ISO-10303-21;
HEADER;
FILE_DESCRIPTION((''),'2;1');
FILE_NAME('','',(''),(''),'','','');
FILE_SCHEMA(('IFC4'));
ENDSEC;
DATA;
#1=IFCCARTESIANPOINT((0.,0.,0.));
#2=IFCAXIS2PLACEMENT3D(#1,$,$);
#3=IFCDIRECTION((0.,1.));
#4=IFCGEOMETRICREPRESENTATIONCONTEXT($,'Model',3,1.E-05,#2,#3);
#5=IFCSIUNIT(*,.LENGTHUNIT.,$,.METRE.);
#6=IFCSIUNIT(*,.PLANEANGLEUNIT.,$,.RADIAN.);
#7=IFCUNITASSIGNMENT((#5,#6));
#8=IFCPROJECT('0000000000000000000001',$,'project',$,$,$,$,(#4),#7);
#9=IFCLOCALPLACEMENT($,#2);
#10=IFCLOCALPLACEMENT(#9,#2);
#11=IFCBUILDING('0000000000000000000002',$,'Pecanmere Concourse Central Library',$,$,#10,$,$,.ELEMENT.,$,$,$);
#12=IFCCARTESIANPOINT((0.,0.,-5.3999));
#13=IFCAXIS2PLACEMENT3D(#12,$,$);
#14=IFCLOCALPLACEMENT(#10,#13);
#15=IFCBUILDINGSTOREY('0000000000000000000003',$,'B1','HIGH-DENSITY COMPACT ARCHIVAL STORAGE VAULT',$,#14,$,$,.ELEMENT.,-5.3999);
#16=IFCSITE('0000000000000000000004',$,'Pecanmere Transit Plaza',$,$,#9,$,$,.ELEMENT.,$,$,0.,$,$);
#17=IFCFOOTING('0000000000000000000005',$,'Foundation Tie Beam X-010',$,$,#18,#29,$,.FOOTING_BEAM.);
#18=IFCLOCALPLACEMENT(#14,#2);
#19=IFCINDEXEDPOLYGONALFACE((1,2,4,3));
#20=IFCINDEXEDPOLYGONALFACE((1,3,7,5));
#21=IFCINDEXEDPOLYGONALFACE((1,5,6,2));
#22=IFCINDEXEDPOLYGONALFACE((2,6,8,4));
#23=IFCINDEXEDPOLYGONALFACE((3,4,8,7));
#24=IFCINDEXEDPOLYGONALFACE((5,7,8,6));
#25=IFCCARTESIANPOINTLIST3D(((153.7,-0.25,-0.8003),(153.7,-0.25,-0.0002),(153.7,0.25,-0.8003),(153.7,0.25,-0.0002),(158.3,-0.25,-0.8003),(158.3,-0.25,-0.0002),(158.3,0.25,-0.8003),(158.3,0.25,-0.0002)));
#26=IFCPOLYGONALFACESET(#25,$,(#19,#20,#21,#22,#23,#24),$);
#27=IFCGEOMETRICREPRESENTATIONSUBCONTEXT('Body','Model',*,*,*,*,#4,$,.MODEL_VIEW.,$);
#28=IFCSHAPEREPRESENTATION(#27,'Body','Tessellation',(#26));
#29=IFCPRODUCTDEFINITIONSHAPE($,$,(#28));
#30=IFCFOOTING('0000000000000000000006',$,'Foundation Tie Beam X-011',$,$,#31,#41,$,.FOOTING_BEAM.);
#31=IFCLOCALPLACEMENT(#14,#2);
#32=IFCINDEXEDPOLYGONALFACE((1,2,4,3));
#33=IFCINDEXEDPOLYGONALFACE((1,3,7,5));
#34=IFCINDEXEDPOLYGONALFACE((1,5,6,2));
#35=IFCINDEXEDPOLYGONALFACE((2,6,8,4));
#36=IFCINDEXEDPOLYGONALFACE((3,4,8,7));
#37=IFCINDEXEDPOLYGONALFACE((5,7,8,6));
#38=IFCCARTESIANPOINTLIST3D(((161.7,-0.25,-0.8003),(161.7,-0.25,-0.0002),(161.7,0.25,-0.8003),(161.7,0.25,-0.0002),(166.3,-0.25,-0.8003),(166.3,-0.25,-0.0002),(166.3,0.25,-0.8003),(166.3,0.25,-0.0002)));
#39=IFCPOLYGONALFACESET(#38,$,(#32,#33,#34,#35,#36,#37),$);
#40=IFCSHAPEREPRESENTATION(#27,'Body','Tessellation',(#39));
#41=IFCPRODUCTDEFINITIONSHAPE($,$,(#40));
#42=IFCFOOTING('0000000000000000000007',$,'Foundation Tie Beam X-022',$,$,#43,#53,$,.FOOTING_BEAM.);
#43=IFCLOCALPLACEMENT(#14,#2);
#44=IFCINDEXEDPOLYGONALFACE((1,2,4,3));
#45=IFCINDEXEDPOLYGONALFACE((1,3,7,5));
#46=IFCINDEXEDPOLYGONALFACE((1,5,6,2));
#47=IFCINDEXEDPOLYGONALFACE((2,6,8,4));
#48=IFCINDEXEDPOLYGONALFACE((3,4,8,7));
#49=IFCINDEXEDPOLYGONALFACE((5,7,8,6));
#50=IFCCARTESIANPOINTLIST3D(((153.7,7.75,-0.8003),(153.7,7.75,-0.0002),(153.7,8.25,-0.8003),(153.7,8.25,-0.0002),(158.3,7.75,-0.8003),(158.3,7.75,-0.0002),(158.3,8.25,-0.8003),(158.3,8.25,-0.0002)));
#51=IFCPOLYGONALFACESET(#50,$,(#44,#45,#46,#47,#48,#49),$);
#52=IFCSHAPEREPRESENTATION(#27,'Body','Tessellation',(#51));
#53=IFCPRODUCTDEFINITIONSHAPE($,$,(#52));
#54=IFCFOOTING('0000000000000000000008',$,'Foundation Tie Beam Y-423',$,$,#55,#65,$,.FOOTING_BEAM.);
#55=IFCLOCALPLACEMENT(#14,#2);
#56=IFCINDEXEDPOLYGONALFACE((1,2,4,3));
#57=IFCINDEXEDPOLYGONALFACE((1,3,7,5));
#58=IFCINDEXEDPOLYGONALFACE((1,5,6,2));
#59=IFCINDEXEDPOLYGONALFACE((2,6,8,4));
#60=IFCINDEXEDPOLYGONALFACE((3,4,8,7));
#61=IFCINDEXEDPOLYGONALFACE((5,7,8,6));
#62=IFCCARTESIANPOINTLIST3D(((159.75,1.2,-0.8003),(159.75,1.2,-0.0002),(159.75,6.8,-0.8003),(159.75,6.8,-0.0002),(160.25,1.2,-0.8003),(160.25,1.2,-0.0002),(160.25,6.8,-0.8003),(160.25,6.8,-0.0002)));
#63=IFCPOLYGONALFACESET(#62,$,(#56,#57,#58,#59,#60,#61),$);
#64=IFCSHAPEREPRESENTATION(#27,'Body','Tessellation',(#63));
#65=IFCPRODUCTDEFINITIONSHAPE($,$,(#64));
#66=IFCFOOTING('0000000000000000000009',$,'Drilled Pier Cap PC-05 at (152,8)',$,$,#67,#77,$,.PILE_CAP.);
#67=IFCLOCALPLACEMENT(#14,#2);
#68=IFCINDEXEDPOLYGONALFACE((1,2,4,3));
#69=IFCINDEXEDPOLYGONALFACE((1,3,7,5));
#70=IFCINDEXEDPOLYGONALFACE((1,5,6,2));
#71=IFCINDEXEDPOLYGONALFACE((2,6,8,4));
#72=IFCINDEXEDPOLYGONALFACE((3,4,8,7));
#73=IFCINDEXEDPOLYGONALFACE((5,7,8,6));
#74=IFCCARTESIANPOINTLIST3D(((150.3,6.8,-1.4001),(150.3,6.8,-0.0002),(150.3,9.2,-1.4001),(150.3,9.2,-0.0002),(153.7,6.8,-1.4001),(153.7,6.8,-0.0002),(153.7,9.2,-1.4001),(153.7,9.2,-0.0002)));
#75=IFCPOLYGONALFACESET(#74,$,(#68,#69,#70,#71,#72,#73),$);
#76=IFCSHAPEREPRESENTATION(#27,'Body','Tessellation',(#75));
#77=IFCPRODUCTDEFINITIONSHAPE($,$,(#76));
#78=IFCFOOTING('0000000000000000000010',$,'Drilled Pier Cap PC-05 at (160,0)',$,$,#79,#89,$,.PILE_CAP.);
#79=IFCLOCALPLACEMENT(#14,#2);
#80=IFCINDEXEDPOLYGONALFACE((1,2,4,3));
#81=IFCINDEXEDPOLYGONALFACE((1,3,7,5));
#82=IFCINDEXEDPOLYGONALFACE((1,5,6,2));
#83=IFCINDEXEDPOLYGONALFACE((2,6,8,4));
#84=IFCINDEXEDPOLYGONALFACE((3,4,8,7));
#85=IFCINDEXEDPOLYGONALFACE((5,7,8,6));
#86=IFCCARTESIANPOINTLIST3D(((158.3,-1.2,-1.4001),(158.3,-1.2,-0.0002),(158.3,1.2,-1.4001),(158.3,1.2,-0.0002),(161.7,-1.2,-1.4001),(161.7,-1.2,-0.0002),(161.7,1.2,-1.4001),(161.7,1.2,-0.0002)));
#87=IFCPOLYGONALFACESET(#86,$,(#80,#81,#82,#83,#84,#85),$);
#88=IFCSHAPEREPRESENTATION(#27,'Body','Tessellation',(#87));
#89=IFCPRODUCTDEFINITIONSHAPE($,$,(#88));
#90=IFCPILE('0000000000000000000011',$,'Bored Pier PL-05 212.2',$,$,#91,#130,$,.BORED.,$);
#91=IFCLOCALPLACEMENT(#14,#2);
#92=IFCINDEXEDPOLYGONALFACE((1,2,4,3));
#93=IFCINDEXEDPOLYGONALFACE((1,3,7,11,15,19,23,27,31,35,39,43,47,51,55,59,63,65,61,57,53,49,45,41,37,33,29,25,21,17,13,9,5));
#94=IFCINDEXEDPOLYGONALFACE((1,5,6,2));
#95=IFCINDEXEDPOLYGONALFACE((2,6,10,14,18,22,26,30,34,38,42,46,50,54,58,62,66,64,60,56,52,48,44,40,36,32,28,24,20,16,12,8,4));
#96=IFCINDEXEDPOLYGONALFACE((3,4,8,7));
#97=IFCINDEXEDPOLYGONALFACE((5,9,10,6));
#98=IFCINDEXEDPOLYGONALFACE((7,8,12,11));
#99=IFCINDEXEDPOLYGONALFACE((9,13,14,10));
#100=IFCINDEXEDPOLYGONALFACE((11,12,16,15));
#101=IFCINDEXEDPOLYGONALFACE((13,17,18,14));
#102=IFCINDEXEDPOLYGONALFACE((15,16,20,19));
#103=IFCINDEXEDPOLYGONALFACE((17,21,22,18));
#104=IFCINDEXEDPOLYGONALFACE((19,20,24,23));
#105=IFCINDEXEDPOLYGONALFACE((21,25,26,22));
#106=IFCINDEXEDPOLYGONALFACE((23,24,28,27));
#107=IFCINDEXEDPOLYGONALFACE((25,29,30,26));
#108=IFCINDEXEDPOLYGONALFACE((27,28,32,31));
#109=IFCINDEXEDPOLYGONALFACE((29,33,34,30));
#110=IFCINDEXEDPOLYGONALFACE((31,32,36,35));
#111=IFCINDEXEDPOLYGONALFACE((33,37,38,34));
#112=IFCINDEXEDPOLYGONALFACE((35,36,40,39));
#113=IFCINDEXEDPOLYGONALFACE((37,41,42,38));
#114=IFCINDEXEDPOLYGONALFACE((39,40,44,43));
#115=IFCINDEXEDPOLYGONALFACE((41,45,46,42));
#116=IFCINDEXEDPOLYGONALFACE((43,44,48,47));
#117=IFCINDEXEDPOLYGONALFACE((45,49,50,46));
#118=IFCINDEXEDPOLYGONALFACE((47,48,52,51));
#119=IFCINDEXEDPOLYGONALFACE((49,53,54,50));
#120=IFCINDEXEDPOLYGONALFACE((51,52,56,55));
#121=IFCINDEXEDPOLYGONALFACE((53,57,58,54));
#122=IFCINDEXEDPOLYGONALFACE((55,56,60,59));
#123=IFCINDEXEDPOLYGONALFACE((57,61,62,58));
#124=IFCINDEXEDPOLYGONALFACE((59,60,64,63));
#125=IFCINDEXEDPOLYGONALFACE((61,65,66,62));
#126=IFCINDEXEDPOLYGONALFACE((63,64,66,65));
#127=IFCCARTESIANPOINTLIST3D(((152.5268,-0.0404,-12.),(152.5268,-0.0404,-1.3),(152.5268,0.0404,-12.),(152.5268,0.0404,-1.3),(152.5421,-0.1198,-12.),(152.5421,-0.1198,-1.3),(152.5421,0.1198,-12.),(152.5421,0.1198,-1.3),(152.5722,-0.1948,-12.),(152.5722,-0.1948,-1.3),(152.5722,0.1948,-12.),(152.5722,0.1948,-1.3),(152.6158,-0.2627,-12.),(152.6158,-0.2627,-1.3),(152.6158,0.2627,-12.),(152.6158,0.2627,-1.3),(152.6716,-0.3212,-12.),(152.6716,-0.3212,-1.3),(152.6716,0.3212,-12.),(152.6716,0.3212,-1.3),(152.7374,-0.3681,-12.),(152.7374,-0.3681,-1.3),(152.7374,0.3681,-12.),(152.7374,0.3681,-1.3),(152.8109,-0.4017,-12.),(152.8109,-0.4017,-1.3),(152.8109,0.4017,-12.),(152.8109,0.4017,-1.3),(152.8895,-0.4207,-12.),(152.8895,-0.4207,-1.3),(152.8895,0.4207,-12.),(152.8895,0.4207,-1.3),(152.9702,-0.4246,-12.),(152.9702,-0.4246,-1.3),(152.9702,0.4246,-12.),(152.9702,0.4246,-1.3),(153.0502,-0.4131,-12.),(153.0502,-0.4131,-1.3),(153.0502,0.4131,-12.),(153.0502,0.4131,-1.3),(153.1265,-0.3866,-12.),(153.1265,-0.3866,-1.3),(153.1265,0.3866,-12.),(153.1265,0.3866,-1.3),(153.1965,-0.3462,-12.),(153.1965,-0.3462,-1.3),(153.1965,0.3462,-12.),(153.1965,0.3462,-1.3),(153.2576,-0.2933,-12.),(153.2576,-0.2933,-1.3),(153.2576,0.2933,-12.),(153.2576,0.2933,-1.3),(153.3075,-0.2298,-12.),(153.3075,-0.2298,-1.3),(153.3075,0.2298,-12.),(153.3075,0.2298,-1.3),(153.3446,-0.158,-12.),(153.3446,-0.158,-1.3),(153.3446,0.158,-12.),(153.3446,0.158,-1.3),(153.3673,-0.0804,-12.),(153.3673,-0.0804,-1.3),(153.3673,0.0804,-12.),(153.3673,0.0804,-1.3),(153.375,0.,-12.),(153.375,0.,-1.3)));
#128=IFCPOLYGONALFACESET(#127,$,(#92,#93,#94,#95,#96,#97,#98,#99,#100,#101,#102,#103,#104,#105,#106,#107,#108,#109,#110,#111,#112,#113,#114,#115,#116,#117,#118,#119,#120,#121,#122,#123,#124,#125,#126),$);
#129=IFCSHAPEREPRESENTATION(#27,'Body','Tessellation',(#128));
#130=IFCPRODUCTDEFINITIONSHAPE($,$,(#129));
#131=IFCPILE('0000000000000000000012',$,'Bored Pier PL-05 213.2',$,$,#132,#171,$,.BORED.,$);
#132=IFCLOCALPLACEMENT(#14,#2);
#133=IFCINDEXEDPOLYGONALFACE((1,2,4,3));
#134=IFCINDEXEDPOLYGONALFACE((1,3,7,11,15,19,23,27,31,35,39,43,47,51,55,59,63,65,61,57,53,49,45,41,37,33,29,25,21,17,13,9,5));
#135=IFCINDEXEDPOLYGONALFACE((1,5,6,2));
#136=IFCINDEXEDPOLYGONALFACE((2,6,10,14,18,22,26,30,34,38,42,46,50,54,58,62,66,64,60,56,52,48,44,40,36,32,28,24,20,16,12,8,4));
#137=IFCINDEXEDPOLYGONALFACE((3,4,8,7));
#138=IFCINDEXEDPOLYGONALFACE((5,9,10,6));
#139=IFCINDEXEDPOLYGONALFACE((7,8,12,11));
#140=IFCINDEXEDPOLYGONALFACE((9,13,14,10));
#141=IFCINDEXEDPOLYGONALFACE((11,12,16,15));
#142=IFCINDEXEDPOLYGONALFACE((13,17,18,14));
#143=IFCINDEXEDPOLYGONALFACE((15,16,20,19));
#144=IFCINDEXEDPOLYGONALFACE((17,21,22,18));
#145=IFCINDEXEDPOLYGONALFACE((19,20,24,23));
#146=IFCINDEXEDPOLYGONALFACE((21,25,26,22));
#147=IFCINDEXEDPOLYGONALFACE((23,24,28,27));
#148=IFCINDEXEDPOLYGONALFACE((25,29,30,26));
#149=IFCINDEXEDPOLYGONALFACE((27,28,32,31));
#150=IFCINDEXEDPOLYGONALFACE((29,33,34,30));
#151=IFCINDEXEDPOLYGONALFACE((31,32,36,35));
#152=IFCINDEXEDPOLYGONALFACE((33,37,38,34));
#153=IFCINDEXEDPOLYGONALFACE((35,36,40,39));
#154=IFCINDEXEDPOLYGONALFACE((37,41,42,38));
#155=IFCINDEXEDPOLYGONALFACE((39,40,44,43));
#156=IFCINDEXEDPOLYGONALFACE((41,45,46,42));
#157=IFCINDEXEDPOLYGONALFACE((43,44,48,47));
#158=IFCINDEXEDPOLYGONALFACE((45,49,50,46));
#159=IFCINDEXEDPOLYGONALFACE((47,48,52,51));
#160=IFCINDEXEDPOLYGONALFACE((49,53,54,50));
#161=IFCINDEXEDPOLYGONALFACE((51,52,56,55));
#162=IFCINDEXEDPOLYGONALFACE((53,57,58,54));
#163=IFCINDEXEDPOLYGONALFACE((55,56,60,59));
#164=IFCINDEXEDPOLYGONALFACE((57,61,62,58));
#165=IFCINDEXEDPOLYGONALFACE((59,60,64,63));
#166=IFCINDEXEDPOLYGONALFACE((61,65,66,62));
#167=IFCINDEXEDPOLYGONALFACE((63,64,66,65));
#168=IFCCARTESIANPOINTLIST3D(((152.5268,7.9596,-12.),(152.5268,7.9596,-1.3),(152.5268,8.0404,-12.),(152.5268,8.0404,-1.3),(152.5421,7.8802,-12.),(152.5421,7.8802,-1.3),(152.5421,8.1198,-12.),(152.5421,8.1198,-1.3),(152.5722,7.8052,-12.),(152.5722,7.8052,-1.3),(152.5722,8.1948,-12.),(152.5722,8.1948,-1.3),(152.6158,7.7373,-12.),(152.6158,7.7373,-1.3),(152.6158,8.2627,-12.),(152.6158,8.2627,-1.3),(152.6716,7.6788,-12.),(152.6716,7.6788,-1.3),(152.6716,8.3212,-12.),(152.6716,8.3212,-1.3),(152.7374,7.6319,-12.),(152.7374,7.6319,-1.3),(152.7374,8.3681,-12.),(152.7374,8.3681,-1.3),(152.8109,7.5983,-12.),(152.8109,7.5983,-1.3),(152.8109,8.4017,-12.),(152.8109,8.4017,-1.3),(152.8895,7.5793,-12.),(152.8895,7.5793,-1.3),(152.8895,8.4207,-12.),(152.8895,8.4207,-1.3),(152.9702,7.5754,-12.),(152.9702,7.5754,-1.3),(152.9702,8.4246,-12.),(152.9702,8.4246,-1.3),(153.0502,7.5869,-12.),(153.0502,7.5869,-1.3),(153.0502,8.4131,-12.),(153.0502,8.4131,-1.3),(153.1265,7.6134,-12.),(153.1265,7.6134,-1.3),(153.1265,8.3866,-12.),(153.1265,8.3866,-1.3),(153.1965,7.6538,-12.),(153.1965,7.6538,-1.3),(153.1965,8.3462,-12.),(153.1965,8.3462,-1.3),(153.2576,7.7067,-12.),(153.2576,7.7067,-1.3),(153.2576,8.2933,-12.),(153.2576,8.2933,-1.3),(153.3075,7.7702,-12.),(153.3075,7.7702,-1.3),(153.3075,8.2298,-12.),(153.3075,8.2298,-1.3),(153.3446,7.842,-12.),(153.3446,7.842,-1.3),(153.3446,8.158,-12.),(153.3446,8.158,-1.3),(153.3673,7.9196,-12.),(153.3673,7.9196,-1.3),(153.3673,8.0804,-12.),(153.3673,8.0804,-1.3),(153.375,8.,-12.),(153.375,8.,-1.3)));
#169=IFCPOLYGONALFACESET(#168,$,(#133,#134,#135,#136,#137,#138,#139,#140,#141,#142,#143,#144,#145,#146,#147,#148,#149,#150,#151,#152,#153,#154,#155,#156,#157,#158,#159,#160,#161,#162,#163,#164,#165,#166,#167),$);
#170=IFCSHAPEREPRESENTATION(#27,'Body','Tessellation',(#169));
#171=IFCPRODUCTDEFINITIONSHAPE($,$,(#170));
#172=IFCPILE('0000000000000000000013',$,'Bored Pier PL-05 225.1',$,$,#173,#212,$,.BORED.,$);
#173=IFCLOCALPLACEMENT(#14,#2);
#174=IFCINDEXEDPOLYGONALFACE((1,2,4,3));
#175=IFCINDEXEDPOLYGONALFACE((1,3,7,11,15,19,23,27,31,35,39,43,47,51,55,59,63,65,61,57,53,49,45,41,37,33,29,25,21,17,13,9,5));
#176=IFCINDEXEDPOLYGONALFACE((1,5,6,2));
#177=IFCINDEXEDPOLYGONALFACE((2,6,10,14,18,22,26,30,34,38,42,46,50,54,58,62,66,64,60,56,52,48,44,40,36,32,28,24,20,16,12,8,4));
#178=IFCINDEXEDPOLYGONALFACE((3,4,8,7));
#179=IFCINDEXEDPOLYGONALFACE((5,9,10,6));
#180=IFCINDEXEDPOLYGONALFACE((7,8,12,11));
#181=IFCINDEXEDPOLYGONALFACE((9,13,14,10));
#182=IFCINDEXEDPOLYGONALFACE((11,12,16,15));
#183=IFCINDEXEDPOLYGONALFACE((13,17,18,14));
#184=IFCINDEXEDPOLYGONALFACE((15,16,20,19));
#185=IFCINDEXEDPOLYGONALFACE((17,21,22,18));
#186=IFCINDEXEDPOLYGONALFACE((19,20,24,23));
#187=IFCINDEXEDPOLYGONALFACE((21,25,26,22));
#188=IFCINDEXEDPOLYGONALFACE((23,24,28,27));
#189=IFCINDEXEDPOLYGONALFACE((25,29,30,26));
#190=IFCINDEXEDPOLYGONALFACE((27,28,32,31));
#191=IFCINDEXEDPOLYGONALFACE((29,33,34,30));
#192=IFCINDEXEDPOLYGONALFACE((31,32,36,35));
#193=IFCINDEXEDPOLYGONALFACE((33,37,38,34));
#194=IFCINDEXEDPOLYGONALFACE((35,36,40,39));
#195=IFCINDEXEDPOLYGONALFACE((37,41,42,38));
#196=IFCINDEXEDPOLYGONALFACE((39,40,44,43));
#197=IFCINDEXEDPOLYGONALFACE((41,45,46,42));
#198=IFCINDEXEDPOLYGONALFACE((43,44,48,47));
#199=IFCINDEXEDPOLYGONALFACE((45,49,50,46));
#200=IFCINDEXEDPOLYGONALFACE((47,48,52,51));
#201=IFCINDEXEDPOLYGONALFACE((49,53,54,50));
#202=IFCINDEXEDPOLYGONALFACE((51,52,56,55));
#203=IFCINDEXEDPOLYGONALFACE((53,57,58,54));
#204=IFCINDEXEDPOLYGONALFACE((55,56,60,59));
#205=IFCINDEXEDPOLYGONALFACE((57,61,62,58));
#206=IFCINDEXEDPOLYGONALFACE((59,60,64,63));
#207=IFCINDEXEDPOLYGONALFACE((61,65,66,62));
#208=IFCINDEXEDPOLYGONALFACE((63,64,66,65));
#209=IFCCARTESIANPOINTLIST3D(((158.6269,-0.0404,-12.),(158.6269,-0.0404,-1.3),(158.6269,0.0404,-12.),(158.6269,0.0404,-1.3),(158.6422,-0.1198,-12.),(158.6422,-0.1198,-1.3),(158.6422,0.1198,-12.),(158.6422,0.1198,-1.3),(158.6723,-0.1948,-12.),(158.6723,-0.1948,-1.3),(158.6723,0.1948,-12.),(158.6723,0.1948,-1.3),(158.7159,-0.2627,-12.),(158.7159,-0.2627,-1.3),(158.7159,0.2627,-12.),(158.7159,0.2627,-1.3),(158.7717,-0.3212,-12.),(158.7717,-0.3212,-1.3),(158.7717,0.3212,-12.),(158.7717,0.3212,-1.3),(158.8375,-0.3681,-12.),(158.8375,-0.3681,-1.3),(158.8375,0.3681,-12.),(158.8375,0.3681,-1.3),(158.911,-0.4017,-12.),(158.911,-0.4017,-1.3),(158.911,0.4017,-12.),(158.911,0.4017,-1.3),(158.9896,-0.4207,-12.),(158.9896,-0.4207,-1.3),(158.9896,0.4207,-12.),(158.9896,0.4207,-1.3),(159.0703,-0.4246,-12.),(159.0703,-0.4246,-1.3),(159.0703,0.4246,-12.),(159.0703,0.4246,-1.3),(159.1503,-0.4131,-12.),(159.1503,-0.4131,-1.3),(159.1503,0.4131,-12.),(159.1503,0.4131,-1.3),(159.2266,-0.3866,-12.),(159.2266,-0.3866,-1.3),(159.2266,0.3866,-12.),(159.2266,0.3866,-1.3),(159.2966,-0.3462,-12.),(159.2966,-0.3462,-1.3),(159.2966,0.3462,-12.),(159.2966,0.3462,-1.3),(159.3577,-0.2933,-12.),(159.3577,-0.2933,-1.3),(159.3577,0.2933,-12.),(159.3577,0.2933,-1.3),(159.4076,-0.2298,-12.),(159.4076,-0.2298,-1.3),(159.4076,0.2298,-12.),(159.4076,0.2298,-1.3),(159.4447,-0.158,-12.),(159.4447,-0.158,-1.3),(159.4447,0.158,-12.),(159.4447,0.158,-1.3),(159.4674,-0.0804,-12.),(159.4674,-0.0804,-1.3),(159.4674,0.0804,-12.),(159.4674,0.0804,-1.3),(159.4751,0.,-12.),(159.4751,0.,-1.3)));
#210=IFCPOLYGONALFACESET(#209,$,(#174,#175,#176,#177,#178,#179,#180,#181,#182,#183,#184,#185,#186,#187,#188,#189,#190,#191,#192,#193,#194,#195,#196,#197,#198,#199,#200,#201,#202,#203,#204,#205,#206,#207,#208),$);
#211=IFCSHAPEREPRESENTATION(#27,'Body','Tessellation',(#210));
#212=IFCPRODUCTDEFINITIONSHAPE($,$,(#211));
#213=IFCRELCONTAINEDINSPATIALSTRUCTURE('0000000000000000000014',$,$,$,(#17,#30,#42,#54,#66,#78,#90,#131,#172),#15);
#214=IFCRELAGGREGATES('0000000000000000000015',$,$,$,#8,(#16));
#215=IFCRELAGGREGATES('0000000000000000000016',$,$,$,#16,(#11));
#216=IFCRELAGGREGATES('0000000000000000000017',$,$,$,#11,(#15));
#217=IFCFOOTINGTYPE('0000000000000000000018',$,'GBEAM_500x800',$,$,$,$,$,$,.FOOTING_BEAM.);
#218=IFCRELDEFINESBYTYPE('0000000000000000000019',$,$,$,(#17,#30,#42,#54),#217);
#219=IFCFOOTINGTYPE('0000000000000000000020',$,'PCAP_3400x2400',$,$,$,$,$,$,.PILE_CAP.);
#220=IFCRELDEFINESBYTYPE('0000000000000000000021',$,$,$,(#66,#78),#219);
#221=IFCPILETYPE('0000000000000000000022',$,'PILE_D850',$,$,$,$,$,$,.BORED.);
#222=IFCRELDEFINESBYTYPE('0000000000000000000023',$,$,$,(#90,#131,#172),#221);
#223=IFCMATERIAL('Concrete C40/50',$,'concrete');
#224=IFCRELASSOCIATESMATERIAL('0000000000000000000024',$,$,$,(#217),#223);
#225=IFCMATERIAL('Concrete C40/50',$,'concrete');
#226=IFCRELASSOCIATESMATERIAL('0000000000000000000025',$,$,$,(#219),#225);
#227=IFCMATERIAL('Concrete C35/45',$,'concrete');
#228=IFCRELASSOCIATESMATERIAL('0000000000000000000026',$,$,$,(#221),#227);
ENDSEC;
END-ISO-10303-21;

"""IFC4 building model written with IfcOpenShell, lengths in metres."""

from ifc_helpers import new_model, si_unit, direction, frame, origin, origin_2d, place, context, subcontext, project, spatial, rectangle, circle, extrude, material, material_profile, profile_set, type_object, element, save


model = new_model("IFC4")

# Units and contexts
model_context = context("Model", 3, precision=1e-05, world=origin(), true_north=direction((0.0, 1.0)))
body_context = subcontext(model_context, "Body", "Model", "MODEL_VIEW")
ifc_project = project(units=[si_unit("LENGTHUNIT", "METRE"), si_unit("PLANEANGLEUNIT", "RADIAN")], contexts=[model_context])

# Site, building, storey
site_placement = place(None, origin())
site = spatial("IfcSite", under=ifc_project, at=site_placement, Name="Pecanmere Transit Plaza", CompositionType="ELEMENT", RefElevation=0.0)
building_placement = place(site_placement, origin())
building = spatial("IfcBuilding", under=site, at=building_placement, Name="Pecanmere Concourse Central Library", CompositionType="ELEMENT")
storey_placement = place(building_placement, frame((0.0, 0.0, -5.3999)))
storey = spatial("IfcBuildingStorey", under=building, at=storey_placement, Name="B1", Description="HIGH-DENSITY COMPACT ARCHIVAL STORAGE VAULT", CompositionType="ELEMENT", Elevation=-5.3999)

# Footings
ifc_material_1 = material(Name="Concrete C40/50", Category="concrete")
ifc_material_profile_1 = material_profile(ifc_material_1, rectangle(XDim=0.5, YDim=0.8, at=origin_2d()), Name="RC 500x800")
ifc_profile_set_1 = profile_set([ifc_material_profile_1], Name="Concrete C40/50")
footing_type_1 = type_object("IfcFootingType", Name="GBEAM_500x800", PredefinedType="FOOTING_BEAM", material=ifc_profile_set_1)
for number, where, z_axis, x_axis, name in (
    (1, (156.0, 0.0, -0.8003), (0.0, 0.0, 1.0), (1.0, 0.0, 0.0), "Foundation Tie Beam X-010"),
    (2, (164.0, 0.0, -0.8003), (0.0, 0.0, 1.0), (1.0, 0.0, 0.0), "Foundation Tie Beam X-011"),
    (3, (156.0, 8.0, -0.8003), (0.0, 0.0, 1.0), (1.0, 0.0, 0.0), "Foundation Tie Beam X-022"),
):
    element("IfcFooting", number, at=place(storey_placement, frame(where, z_axis=z_axis, x_axis=x_axis)), inside=storey, type_object=footing_type_1, Name=name, PredefinedType="FOOTING_BEAM", context=body_context, shape_type="SweptSolid", body=[
        extrude(rectangle(XDim=4.6001, YDim=0.5, at=origin_2d()), origin(), (0.0, 0.0, 1.0), 0.8),
    ])
footing_1_placement = place(storey_placement, frame((160.0, 4.0, -0.8003), z_axis=(0.0, 0.0, 1.0), x_axis=(0.0, 1.0, 0.0)))
element("IfcFooting", 4, at=footing_1_placement, inside=storey, type_object=footing_type_1, Name="Foundation Tie Beam Y-423", PredefinedType="FOOTING_BEAM", context=body_context, shape_type="SweptSolid", body=[
    extrude(rectangle(XDim=5.6001, YDim=0.5, at=origin_2d()), origin(), (0.0, 0.0, 1.0), 0.8),
])
ifc_material_2 = material(Name="Concrete C40/50", Category="concrete")
footing_type_2 = type_object("IfcFootingType", Name="PCAP_3400x2400", PredefinedType="PILE_CAP", material=ifc_material_2)
for number, where, z_axis, x_axis, name in (
    (5, (152.0, 8.0, -1.4001), (0.0, 0.0, 1.0), (1.0, 0.0, 0.0), "Drilled Pier Cap PC-05 at (152,8)"),
    (6, (160.0, 0.0, -1.4001), (0.0, 0.0, 1.0), (1.0, 0.0, 0.0), "Drilled Pier Cap PC-05 at (160,0)"),
):
    element("IfcFooting", number, at=place(storey_placement, frame(where, z_axis=z_axis, x_axis=x_axis)), inside=storey, type_object=footing_type_2, Name=name, PredefinedType="PILE_CAP", context=body_context, shape_type="SweptSolid", body=[
        extrude(rectangle(XDim=3.3999, YDim=2.3999, at=origin_2d()), origin(), (0.0, 0.0, 1.0), 1.3999),
    ])

# Piles
ifc_material_3 = material(Name="Concrete C35/45", Category="concrete")
ifc_material_profile_2 = material_profile(ifc_material_3, circle(Radius=0.425, at=origin_2d()), Name="PIER D850")
ifc_profile_set_2 = profile_set([ifc_material_profile_2], Name="Concrete C35/45")
pile_type = type_object("IfcPileType", Name="PILE_D850", PredefinedType="BORED", material=ifc_profile_set_2)
for number, where, z_axis, x_axis, name in (
    (7, (152.95, 0.0, -1.3), (0.0, 0.0, -1.0), (1.0, 0.0, 0.0), "Bored Pier PL-05 212.2"),
    (8, (152.95, 8.0, -1.3), (0.0, 0.0, -1.0), (1.0, 0.0, 0.0), "Bored Pier PL-05 213.2"),
    (9, (159.05, 0.0, -1.3), (0.0, 0.0, -1.0), (1.0, 0.0, 0.0), "Bored Pier PL-05 225.1"),
):
    element("IfcPile", number, at=place(storey_placement, frame(where, z_axis=z_axis, x_axis=x_axis)), inside=storey, type_object=pile_type, Name=name, PredefinedType="BORED", context=body_context, shape_type="SweptSolid", body=[
        extrude(circle(Radius=0.425, at=origin_2d()), origin(), (0.0, 0.0, 1.0), 10.7),
    ])

save(model, "model.ifc")
